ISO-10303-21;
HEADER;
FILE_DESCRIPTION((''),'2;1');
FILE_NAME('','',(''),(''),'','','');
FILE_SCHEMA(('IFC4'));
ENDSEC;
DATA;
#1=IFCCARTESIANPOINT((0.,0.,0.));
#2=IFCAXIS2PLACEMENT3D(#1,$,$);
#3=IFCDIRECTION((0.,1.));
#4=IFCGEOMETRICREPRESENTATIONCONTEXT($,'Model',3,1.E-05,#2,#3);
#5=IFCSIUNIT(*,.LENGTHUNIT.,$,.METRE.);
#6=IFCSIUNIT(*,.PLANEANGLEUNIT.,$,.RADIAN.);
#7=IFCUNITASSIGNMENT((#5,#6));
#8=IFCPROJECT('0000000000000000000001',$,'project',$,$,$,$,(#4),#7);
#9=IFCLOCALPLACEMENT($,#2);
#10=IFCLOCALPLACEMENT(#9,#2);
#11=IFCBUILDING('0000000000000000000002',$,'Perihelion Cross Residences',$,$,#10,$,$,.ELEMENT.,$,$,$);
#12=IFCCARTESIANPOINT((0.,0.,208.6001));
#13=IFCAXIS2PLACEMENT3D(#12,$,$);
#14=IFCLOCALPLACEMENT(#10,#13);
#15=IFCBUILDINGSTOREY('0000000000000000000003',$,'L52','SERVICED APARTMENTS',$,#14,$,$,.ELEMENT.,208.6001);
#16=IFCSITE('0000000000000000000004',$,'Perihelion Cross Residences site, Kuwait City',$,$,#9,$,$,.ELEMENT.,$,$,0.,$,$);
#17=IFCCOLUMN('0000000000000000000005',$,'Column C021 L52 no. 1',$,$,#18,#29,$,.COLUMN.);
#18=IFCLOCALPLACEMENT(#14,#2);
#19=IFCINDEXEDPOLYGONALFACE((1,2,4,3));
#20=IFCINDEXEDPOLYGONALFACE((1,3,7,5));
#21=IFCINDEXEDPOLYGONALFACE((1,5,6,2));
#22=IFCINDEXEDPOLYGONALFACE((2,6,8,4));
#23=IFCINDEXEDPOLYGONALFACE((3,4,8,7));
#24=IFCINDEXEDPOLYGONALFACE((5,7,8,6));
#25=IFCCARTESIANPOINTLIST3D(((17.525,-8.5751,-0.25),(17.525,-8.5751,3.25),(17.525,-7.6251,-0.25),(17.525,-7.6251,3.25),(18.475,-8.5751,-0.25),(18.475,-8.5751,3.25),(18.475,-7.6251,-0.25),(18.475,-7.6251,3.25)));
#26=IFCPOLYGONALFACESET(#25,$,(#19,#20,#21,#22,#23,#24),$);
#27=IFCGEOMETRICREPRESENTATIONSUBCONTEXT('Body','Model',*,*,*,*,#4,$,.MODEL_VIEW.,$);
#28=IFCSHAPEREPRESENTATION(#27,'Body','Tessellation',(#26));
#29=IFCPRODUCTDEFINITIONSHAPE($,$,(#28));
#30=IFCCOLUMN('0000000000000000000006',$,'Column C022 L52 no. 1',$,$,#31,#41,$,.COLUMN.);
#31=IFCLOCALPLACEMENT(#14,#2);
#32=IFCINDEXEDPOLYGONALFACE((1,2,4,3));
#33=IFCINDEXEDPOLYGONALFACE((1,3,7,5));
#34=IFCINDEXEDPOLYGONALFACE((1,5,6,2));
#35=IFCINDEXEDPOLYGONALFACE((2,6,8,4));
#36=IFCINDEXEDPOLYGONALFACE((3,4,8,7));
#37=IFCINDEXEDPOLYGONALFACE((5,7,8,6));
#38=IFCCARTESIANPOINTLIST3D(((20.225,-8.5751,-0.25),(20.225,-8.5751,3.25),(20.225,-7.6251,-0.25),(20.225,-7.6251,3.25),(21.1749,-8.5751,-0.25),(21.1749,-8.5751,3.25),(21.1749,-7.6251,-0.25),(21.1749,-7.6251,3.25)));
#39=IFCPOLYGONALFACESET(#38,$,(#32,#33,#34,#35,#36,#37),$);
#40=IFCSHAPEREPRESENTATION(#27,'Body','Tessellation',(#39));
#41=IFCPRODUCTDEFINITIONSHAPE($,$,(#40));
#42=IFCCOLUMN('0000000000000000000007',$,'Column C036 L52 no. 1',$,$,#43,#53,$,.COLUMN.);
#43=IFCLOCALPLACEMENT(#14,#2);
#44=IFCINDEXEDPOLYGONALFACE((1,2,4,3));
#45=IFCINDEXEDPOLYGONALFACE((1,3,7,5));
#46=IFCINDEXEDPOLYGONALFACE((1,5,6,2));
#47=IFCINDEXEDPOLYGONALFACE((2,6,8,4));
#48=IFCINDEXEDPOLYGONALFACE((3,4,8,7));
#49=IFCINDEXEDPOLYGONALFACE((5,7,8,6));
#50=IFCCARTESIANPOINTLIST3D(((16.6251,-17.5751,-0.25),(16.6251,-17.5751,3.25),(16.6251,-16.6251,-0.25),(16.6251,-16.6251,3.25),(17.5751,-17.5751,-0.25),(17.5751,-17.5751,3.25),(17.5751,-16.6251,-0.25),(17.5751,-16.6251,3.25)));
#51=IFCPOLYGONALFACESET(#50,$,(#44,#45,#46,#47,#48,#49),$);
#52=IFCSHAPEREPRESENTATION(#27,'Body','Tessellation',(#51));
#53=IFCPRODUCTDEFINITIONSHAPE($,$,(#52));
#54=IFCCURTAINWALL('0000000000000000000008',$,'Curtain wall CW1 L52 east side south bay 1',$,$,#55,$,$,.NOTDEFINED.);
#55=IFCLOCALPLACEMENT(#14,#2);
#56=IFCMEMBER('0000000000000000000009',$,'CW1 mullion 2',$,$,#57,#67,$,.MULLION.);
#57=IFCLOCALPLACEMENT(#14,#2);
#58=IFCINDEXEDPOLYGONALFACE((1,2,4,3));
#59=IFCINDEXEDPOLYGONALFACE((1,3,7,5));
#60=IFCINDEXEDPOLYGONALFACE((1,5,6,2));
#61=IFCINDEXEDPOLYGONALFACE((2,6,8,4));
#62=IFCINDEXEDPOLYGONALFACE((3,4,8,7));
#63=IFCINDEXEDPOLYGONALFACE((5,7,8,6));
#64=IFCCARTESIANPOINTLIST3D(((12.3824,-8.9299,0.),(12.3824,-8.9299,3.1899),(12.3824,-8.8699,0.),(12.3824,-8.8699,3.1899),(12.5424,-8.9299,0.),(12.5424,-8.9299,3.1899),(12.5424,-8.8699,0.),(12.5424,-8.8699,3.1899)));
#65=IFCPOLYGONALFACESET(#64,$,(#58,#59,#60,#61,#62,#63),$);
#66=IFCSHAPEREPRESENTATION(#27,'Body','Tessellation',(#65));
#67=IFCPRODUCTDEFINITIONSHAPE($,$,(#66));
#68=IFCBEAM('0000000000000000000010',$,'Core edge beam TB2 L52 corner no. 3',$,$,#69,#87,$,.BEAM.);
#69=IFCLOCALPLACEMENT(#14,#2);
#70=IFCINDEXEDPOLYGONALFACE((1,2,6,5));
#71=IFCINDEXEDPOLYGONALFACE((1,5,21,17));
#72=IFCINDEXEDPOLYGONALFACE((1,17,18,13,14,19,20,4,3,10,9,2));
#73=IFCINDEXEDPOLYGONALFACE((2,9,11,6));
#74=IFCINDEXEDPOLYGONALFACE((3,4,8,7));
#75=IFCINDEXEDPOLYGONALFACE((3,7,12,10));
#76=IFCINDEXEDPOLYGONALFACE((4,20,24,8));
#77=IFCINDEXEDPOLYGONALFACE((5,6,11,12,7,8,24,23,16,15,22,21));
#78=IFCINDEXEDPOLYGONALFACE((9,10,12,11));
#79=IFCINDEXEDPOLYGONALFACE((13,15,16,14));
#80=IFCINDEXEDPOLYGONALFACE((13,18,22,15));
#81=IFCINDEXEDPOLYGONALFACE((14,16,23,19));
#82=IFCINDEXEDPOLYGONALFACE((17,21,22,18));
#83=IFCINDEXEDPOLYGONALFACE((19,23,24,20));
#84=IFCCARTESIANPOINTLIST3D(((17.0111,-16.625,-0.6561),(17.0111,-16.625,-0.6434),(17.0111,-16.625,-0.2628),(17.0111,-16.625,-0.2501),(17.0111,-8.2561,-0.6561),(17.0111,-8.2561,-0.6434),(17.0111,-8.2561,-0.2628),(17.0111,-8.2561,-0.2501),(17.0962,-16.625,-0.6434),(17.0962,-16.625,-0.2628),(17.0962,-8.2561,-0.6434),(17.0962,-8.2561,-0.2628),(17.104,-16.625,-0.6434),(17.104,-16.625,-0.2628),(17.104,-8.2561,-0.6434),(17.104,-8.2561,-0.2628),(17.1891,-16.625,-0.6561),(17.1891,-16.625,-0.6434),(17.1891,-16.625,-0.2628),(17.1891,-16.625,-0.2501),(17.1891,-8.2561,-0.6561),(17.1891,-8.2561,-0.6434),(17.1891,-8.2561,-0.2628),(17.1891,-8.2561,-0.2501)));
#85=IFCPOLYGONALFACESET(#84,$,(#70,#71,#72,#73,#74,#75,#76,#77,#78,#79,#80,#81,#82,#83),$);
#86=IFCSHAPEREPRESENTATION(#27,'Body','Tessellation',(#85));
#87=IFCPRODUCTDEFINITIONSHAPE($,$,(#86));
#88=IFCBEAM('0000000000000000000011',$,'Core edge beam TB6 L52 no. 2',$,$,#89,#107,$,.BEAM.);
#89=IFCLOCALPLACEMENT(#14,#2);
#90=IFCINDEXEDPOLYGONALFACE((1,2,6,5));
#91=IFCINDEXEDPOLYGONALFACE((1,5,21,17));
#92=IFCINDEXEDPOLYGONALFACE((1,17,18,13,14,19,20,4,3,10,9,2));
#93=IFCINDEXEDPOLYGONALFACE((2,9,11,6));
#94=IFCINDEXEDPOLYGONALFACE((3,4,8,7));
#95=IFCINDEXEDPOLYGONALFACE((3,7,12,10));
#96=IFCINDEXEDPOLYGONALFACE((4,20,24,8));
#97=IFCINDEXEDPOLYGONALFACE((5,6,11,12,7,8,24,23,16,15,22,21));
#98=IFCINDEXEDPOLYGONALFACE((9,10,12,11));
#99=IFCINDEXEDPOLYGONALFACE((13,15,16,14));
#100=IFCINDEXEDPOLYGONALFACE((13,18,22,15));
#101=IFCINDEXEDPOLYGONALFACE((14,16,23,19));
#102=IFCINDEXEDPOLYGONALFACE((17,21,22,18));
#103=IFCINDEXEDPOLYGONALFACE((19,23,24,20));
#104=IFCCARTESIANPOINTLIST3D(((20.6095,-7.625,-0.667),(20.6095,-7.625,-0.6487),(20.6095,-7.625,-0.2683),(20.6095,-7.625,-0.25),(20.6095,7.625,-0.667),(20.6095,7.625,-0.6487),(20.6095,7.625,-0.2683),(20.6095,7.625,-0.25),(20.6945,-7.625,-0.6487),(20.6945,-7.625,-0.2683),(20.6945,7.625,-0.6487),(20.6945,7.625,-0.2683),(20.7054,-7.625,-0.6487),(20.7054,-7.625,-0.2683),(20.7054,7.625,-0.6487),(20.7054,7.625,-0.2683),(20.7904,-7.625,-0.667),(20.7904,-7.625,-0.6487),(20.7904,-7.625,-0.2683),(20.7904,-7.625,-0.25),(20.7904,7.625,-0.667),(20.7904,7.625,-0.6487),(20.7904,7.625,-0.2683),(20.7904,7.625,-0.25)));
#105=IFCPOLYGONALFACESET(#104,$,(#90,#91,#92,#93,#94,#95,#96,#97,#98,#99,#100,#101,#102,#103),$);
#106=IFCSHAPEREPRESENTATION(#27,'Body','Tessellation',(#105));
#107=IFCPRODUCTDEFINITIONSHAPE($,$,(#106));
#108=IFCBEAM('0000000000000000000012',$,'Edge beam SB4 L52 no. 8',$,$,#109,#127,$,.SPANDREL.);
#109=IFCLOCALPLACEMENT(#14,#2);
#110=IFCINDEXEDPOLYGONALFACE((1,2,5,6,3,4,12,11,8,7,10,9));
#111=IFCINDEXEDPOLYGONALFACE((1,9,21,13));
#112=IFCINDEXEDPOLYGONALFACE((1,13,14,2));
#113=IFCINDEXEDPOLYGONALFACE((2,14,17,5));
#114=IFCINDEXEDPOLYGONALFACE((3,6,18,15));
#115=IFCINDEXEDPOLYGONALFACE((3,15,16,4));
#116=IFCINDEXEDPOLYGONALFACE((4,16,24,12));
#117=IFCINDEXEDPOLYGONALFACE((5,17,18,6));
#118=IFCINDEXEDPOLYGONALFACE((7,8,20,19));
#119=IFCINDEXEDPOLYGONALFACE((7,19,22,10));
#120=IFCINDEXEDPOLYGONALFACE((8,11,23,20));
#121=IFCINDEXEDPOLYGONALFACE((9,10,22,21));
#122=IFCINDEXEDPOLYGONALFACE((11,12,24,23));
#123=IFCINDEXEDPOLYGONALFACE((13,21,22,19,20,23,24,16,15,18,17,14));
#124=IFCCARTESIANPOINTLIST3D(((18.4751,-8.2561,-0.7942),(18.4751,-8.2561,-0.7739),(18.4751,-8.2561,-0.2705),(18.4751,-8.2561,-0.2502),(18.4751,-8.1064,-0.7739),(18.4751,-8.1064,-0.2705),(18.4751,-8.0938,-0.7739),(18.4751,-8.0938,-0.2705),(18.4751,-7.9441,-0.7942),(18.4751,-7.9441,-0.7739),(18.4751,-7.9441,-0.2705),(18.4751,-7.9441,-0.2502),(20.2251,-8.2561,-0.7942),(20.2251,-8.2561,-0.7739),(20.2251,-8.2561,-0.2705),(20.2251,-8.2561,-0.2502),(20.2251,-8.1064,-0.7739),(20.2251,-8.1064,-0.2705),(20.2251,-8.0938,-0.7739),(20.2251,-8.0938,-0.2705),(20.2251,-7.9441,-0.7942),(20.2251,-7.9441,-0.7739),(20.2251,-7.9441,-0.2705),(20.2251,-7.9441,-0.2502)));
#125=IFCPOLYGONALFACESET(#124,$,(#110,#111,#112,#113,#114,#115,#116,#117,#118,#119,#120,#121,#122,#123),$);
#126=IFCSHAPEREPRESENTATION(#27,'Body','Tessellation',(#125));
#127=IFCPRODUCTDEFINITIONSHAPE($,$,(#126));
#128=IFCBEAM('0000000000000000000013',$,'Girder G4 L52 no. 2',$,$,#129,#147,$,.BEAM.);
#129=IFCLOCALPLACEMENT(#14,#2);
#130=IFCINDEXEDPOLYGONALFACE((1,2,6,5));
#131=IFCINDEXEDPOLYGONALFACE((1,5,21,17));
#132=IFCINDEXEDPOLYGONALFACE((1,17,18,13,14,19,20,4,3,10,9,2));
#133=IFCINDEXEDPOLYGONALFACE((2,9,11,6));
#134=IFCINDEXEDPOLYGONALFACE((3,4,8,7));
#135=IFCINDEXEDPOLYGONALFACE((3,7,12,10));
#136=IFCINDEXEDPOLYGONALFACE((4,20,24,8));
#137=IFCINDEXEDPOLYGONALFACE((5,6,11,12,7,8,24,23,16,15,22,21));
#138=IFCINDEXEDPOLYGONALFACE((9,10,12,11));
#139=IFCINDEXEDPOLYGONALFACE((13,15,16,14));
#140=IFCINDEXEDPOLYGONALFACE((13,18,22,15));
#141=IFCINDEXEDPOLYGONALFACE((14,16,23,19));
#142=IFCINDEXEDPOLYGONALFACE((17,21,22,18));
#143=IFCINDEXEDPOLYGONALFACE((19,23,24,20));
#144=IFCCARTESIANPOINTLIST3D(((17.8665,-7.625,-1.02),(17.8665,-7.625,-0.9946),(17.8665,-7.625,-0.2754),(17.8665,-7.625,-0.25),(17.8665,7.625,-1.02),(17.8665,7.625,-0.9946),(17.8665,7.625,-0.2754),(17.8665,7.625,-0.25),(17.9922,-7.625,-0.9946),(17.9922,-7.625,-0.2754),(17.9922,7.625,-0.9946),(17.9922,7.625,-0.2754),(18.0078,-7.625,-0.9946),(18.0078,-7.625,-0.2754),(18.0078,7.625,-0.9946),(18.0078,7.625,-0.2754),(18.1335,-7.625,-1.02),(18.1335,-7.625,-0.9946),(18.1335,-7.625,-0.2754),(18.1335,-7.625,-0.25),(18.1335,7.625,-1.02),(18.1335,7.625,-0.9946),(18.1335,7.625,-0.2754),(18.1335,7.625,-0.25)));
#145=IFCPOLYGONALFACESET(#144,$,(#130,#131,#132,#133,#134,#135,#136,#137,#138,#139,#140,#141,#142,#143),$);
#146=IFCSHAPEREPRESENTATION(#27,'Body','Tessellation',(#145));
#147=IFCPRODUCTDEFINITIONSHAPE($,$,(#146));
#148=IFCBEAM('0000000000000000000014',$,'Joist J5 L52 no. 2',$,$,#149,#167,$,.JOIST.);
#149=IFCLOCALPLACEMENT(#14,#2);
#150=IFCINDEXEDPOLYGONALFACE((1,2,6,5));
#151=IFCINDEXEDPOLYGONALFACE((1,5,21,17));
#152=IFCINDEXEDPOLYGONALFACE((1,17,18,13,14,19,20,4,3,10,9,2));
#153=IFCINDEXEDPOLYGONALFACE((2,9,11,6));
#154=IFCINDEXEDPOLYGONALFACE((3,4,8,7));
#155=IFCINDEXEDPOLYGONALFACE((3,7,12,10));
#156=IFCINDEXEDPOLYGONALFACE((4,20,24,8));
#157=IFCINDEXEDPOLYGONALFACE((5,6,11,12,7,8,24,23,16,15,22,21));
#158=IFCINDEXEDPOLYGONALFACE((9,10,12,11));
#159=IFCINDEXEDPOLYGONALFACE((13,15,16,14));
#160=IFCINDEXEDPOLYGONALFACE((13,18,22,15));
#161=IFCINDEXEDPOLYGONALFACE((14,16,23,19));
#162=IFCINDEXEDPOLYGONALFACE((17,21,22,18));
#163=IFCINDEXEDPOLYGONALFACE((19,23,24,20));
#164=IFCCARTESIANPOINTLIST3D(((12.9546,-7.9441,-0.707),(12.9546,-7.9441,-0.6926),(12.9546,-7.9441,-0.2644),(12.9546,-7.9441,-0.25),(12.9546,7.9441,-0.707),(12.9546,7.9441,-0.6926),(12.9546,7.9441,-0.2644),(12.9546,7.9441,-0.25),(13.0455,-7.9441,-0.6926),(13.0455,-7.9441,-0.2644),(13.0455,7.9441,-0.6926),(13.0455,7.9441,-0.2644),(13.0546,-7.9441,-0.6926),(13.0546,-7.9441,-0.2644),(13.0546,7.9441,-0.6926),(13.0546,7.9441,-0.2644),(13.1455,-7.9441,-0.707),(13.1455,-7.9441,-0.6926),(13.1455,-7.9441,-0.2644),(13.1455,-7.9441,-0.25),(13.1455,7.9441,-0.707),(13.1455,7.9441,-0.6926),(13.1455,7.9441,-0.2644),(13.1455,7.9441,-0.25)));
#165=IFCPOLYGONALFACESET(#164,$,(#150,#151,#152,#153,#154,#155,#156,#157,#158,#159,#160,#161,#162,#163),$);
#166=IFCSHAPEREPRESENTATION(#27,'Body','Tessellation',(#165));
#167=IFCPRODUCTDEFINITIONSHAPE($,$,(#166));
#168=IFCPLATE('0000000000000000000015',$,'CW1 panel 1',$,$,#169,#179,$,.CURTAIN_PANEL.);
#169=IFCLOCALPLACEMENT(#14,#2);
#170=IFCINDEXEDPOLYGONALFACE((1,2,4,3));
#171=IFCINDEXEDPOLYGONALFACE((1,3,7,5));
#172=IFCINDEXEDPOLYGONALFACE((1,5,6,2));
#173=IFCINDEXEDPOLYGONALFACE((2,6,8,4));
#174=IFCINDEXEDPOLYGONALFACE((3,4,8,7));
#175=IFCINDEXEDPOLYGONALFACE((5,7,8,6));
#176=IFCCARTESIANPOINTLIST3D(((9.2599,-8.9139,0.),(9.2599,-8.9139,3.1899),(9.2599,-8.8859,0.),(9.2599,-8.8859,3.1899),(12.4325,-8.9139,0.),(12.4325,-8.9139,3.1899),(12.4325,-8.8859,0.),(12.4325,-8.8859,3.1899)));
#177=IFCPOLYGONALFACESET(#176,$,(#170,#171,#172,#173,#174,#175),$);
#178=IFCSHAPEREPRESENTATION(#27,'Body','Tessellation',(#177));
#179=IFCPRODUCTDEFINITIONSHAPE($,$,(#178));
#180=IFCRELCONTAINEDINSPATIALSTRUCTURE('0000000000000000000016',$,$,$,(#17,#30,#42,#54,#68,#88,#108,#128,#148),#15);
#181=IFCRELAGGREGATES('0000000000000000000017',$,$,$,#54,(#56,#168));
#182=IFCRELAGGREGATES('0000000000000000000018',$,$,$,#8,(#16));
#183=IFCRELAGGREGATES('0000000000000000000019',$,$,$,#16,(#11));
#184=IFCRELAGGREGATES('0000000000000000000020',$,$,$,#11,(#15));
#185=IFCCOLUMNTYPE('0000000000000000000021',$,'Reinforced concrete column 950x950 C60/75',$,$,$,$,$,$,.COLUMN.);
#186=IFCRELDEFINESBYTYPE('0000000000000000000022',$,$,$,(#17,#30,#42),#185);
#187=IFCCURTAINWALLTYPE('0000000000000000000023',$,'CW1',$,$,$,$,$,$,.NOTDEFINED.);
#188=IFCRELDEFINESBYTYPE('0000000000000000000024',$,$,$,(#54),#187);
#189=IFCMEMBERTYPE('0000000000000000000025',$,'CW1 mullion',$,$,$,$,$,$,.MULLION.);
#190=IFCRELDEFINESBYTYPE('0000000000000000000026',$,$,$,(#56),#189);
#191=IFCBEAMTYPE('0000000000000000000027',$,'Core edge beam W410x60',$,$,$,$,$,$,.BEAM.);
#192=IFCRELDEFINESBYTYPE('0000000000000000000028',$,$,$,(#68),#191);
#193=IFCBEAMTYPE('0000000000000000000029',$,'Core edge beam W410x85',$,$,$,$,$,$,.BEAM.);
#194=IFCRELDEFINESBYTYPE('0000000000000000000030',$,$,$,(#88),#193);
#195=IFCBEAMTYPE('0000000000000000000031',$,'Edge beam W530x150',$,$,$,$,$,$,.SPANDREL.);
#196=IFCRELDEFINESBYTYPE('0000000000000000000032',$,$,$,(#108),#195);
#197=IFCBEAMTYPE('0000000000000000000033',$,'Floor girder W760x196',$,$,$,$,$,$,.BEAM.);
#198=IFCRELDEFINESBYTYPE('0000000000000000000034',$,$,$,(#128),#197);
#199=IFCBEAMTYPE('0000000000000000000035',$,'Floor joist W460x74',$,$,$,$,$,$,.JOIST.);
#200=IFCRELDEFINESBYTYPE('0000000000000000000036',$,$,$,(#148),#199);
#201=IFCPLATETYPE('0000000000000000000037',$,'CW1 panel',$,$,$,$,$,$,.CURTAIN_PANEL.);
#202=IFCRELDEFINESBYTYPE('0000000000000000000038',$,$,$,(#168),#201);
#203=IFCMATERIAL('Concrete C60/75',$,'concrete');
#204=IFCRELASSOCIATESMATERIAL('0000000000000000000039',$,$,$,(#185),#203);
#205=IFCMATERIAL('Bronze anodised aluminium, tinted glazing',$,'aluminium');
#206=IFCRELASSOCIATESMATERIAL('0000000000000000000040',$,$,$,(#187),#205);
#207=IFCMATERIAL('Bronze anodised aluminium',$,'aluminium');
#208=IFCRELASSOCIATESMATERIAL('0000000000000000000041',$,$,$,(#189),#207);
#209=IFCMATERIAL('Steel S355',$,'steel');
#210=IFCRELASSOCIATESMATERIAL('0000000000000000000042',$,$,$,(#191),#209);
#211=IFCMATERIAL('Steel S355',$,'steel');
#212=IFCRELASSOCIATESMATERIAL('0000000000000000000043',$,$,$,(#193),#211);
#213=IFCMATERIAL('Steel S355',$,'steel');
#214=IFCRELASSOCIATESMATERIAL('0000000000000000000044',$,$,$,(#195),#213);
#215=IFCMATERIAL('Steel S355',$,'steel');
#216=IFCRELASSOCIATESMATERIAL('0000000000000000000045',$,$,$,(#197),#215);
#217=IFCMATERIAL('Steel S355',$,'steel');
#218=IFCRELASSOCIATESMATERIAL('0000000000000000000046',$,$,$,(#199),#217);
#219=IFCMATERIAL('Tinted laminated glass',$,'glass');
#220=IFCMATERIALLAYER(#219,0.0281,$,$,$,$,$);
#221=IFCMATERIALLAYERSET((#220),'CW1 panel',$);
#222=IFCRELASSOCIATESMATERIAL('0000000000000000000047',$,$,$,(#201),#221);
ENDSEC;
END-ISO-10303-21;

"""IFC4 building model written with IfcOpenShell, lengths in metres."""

from ifc_helpers import new_model, si_unit, direction, frame, origin, origin_2d, place, context, subcontext, project, spatial, rectangle, i_section, extrude, material, layer, layer_set, material_profile, profile_set, type_object, element, aggregate, save


model = new_model("IFC4")

# Units and contexts
model_context = context("Model", 3, precision=1e-05, world=origin(), true_north=direction((0.0, 1.0)))
body_context = subcontext(model_context, "Body", "Model", "MODEL_VIEW")
ifc_project = project(units=[si_unit("LENGTHUNIT", "METRE"), si_unit("PLANEANGLEUNIT", "RADIAN")], contexts=[model_context])

# Site, building, storey
site_placement = place(None, origin())
site = spatial("IfcSite", under=ifc_project, at=site_placement, Name="Perihelion Cross Residences site, Kuwait City", CompositionType="ELEMENT", RefElevation=0.0)
building_placement = place(site_placement, origin())
building = spatial("IfcBuilding", under=site, at=building_placement, Name="Perihelion Cross Residences", CompositionType="ELEMENT")
storey_placement = place(building_placement, frame((0.0, 0.0, 208.6001)))
storey = spatial("IfcBuildingStorey", under=building, at=storey_placement, Name="L52", Description="SERVICED APARTMENTS", CompositionType="ELEMENT", Elevation=208.6001)

# Columns
ifc_material_1 = material(Name="Concrete C60/75", Category="concrete")
ifc_material_profile_1 = material_profile(ifc_material_1, rectangle(XDim=0.95, YDim=0.95, at=origin_2d()), Name="RC 950x950")
ifc_profile_set_1 = profile_set([ifc_material_profile_1], Name="Concrete C60/75")
column_type = type_object("IfcColumnType", Name="Reinforced concrete column 950x950 C60/75", PredefinedType="COLUMN", material=ifc_profile_set_1)
for number, where, z_axis, x_axis, name in (
    (1, (18.0, -8.1001, -0.25), (0.0, 0.0, 1.0), (1.0, 0.0, 0.0), "Column C021 L52 no. 1"),
    (2, (20.7, -8.1001, -0.25), (0.0, 0.0, 1.0), (1.0, 0.0, 0.0), "Column C022 L52 no. 1"),
    (3, (17.1001, -17.1001, -0.25), (0.0, 0.0, 1.0), (1.0, 0.0, 0.0), "Column C036 L52 no. 1"),
):
    element("IfcColumn", number, at=place(storey_placement, frame(where, z_axis=z_axis, x_axis=x_axis)), inside=storey, type_object=column_type, Name=name, PredefinedType="COLUMN", context=body_context, shape_type="SweptSolid", body=[
        extrude(rectangle(XDim=0.95, YDim=0.95, at=origin_2d()), origin(), (0.0, 0.0, 1.0), 3.5),
    ])

# Curtain wall, member
ifc_material_2 = material(Name="Bronze anodised aluminium, tinted glazing", Category="aluminium")
curtain_wall_type = type_object("IfcCurtainWallType", Name="CW1", PredefinedType="NOTDEFINED", material=ifc_material_2)
curtain_wall_placement = place(storey_placement, origin())
curtain_wall = element("IfcCurtainWall", 4, at=curtain_wall_placement, inside=storey, type_object=curtain_wall_type, Name="Curtain wall CW1 L52 east side south bay 1", PredefinedType="NOTDEFINED")
ifc_material_3 = material(Name="Bronze anodised aluminium", Category="aluminium")
ifc_material_profile_2 = material_profile(ifc_material_3, rectangle(XDim=0.0601, YDim=0.1599, at=origin_2d()), Name="CW1 mullion")
ifc_profile_set_2 = profile_set([ifc_material_profile_2], Name="Bronze anodised aluminium")
member_type = type_object("IfcMemberType", Name="CW1 mullion", PredefinedType="MULLION", material=ifc_profile_set_2)
member_placement = place(storey_placement, frame((12.4624, -8.8999, 0.0), z_axis=(0.0, 0.0, 1.0), x_axis=(0.0, 1.0, 0.0)))
member = element("IfcMember", 5, at=member_placement, type_object=member_type, Name="CW1 mullion 2", PredefinedType="MULLION", context=body_context, shape_type="SweptSolid", body=[
    extrude(rectangle(XDim=0.0601, YDim=0.1599, at=origin_2d()), origin(), (0.0, 0.0, 1.0), 3.1899),
])

# Beams
ifc_material_4 = material(Name="Steel S355", Category="steel")
ifc_material_profile_3 = material_profile(ifc_material_4, i_section(OverallWidth=0.178, OverallDepth=0.406, WebThickness=0.0078, FlangeThickness=0.0127, at=origin_2d()), Name="W410x60")
ifc_profile_set_3 = profile_set([ifc_material_profile_3], Name="Steel S355")
beam_type_1 = type_object("IfcBeamType", Name="Core edge beam W410x60", PredefinedType="BEAM", material=ifc_profile_set_3)
beam_1_placement = place(storey_placement, frame((17.1001, -8.2561, -0.4531), z_axis=(0.0, -1.0, 0.0), x_axis=(1.0, 0.0, 0.0)))
element("IfcBeam", 6, at=beam_1_placement, inside=storey, type_object=beam_type_1, Name="Core edge beam TB2 L52 corner no. 3", PredefinedType="BEAM", context=body_context, shape_type="SweptSolid", body=[
    extrude(i_section(OverallWidth=0.178, OverallDepth=0.406, WebThickness=0.0078, FlangeThickness=0.0127, at=origin_2d()), origin(), (0.0, 0.0, 1.0), 8.3689),
])
ifc_material_5 = material(Name="Steel S355", Category="steel")
ifc_material_profile_4 = material_profile(ifc_material_5, i_section(OverallWidth=0.1809, OverallDepth=0.417, WebThickness=0.011, FlangeThickness=0.0183, at=origin_2d()), Name="W410x85")
ifc_profile_set_4 = profile_set([ifc_material_profile_4], Name="Steel S355")
beam_type_2 = type_object("IfcBeamType", Name="Core edge beam W410x85", PredefinedType="BEAM", material=ifc_profile_set_4)
beam_2_placement = place(storey_placement, frame((20.7, -7.625, -0.4585), z_axis=(0.0, 1.0, 0.0), x_axis=(-1.0, 0.0, 0.0)))
element("IfcBeam", 7, at=beam_2_placement, inside=storey, type_object=beam_type_2, Name="Core edge beam TB6 L52 no. 2", PredefinedType="BEAM", context=body_context, shape_type="SweptSolid", body=[
    extrude(i_section(OverallWidth=0.1809, OverallDepth=0.417, WebThickness=0.011, FlangeThickness=0.0183, at=origin_2d()), origin(), (0.0, 0.0, 1.0), 15.25),
])
ifc_material_6 = material(Name="Steel S355", Category="steel")
ifc_material_profile_5 = material_profile(ifc_material_6, i_section(OverallWidth=0.312, OverallDepth=0.5439, WebThickness=0.0127, FlangeThickness=0.0203, at=origin_2d()), Name="W530x150")
ifc_profile_set_5 = profile_set([ifc_material_profile_5], Name="Steel S355")
beam_type_3 = type_object("IfcBeamType", Name="Edge beam W530x150", PredefinedType="SPANDREL", material=ifc_profile_set_5)
beam_3_placement = place(storey_placement, frame((18.4751, -8.1001, -0.5222), z_axis=(1.0, 0.0, 0.0), x_axis=(0.0, 1.0, 0.0)))
element("IfcBeam", 8, at=beam_3_placement, inside=storey, type_object=beam_type_3, Name="Edge beam SB4 L52 no. 8", PredefinedType="SPANDREL", context=body_context, shape_type="SweptSolid", body=[
    extrude(i_section(OverallWidth=0.312, OverallDepth=0.5439, WebThickness=0.0127, FlangeThickness=0.0203, at=origin_2d()), origin(), (0.0, 0.0, 1.0), 1.75),
])
ifc_material_7 = material(Name="Steel S355", Category="steel")
ifc_material_profile_6 = material_profile(ifc_material_7, i_section(OverallWidth=0.2671, OverallDepth=0.77, WebThickness=0.0156, FlangeThickness=0.0254, at=origin_2d()), Name="W760x196")
ifc_profile_set_6 = profile_set([ifc_material_profile_6], Name="Steel S355")
beam_type_4 = type_object("IfcBeamType", Name="Floor girder W760x196", PredefinedType="BEAM", material=ifc_profile_set_6)
beam_4_placement = place(storey_placement, frame((18.0, -7.625, -0.635), z_axis=(0.0, 1.0, 0.0), x_axis=(-1.0, 0.0, 0.0)))
element("IfcBeam", 9, at=beam_4_placement, inside=storey, type_object=beam_type_4, Name="Girder G4 L52 no. 2", PredefinedType="BEAM", context=body_context, shape_type="SweptSolid", body=[
    extrude(i_section(OverallWidth=0.2671, OverallDepth=0.77, WebThickness=0.0156, FlangeThickness=0.0254, at=origin_2d()), origin(), (0.0, 0.0, 1.0), 15.25),
])
ifc_material_8 = material(Name="Steel S355", Category="steel")
ifc_material_profile_7 = material_profile(ifc_material_8, i_section(OverallWidth=0.1909, OverallDepth=0.457, WebThickness=0.009, FlangeThickness=0.0144, at=origin_2d()), Name="W460x74")
ifc_profile_set_7 = profile_set([ifc_material_profile_7], Name="Steel S355")
beam_type_5 = type_object("IfcBeamType", Name="Floor joist W460x74", PredefinedType="JOIST", material=ifc_profile_set_7)
beam_5_placement = place(storey_placement, frame((13.05, -7.9441, -0.4785), z_axis=(0.0, 1.0, 0.0), x_axis=(-1.0, 0.0, 0.0)))
element("IfcBeam", 10, at=beam_5_placement, inside=storey, type_object=beam_type_5, Name="Joist J5 L52 no. 2", PredefinedType="JOIST", context=body_context, shape_type="SweptSolid", body=[
    extrude(i_section(OverallWidth=0.1909, OverallDepth=0.457, WebThickness=0.009, FlangeThickness=0.0144, at=origin_2d()), origin(), (0.0, 0.0, 1.0), 15.8882),
])

# Plate
ifc_material_9 = material(Name="Tinted laminated glass", Category="glass")
ifc_layer_1 = layer(ifc_material_9, 0.0281)
ifc_layer_set_1 = layer_set([ifc_layer_1], Name="CW1 panel")
plate_type = type_object("IfcPlateType", Name="CW1 panel", PredefinedType="CURTAIN_PANEL", material=ifc_layer_set_1)
plate_1_placement = place(storey_placement, frame((10.8462, -8.8999, 0.0), z_axis=(0.0, 0.0, 1.0), x_axis=(1.0, 0.0, 0.0)))
plate_1 = element("IfcPlate", 11, at=plate_1_placement, type_object=plate_type, Name="CW1 panel 1", PredefinedType="CURTAIN_PANEL", context=body_context, shape_type="SweptSolid", body=[
    extrude(rectangle(XDim=3.1726, YDim=0.0281, at=origin_2d()), origin(), (0.0, 0.0, 1.0), 3.1899),
])
aggregate(curtain_wall, [member, plate_1])

save(model, "model.ifc")
